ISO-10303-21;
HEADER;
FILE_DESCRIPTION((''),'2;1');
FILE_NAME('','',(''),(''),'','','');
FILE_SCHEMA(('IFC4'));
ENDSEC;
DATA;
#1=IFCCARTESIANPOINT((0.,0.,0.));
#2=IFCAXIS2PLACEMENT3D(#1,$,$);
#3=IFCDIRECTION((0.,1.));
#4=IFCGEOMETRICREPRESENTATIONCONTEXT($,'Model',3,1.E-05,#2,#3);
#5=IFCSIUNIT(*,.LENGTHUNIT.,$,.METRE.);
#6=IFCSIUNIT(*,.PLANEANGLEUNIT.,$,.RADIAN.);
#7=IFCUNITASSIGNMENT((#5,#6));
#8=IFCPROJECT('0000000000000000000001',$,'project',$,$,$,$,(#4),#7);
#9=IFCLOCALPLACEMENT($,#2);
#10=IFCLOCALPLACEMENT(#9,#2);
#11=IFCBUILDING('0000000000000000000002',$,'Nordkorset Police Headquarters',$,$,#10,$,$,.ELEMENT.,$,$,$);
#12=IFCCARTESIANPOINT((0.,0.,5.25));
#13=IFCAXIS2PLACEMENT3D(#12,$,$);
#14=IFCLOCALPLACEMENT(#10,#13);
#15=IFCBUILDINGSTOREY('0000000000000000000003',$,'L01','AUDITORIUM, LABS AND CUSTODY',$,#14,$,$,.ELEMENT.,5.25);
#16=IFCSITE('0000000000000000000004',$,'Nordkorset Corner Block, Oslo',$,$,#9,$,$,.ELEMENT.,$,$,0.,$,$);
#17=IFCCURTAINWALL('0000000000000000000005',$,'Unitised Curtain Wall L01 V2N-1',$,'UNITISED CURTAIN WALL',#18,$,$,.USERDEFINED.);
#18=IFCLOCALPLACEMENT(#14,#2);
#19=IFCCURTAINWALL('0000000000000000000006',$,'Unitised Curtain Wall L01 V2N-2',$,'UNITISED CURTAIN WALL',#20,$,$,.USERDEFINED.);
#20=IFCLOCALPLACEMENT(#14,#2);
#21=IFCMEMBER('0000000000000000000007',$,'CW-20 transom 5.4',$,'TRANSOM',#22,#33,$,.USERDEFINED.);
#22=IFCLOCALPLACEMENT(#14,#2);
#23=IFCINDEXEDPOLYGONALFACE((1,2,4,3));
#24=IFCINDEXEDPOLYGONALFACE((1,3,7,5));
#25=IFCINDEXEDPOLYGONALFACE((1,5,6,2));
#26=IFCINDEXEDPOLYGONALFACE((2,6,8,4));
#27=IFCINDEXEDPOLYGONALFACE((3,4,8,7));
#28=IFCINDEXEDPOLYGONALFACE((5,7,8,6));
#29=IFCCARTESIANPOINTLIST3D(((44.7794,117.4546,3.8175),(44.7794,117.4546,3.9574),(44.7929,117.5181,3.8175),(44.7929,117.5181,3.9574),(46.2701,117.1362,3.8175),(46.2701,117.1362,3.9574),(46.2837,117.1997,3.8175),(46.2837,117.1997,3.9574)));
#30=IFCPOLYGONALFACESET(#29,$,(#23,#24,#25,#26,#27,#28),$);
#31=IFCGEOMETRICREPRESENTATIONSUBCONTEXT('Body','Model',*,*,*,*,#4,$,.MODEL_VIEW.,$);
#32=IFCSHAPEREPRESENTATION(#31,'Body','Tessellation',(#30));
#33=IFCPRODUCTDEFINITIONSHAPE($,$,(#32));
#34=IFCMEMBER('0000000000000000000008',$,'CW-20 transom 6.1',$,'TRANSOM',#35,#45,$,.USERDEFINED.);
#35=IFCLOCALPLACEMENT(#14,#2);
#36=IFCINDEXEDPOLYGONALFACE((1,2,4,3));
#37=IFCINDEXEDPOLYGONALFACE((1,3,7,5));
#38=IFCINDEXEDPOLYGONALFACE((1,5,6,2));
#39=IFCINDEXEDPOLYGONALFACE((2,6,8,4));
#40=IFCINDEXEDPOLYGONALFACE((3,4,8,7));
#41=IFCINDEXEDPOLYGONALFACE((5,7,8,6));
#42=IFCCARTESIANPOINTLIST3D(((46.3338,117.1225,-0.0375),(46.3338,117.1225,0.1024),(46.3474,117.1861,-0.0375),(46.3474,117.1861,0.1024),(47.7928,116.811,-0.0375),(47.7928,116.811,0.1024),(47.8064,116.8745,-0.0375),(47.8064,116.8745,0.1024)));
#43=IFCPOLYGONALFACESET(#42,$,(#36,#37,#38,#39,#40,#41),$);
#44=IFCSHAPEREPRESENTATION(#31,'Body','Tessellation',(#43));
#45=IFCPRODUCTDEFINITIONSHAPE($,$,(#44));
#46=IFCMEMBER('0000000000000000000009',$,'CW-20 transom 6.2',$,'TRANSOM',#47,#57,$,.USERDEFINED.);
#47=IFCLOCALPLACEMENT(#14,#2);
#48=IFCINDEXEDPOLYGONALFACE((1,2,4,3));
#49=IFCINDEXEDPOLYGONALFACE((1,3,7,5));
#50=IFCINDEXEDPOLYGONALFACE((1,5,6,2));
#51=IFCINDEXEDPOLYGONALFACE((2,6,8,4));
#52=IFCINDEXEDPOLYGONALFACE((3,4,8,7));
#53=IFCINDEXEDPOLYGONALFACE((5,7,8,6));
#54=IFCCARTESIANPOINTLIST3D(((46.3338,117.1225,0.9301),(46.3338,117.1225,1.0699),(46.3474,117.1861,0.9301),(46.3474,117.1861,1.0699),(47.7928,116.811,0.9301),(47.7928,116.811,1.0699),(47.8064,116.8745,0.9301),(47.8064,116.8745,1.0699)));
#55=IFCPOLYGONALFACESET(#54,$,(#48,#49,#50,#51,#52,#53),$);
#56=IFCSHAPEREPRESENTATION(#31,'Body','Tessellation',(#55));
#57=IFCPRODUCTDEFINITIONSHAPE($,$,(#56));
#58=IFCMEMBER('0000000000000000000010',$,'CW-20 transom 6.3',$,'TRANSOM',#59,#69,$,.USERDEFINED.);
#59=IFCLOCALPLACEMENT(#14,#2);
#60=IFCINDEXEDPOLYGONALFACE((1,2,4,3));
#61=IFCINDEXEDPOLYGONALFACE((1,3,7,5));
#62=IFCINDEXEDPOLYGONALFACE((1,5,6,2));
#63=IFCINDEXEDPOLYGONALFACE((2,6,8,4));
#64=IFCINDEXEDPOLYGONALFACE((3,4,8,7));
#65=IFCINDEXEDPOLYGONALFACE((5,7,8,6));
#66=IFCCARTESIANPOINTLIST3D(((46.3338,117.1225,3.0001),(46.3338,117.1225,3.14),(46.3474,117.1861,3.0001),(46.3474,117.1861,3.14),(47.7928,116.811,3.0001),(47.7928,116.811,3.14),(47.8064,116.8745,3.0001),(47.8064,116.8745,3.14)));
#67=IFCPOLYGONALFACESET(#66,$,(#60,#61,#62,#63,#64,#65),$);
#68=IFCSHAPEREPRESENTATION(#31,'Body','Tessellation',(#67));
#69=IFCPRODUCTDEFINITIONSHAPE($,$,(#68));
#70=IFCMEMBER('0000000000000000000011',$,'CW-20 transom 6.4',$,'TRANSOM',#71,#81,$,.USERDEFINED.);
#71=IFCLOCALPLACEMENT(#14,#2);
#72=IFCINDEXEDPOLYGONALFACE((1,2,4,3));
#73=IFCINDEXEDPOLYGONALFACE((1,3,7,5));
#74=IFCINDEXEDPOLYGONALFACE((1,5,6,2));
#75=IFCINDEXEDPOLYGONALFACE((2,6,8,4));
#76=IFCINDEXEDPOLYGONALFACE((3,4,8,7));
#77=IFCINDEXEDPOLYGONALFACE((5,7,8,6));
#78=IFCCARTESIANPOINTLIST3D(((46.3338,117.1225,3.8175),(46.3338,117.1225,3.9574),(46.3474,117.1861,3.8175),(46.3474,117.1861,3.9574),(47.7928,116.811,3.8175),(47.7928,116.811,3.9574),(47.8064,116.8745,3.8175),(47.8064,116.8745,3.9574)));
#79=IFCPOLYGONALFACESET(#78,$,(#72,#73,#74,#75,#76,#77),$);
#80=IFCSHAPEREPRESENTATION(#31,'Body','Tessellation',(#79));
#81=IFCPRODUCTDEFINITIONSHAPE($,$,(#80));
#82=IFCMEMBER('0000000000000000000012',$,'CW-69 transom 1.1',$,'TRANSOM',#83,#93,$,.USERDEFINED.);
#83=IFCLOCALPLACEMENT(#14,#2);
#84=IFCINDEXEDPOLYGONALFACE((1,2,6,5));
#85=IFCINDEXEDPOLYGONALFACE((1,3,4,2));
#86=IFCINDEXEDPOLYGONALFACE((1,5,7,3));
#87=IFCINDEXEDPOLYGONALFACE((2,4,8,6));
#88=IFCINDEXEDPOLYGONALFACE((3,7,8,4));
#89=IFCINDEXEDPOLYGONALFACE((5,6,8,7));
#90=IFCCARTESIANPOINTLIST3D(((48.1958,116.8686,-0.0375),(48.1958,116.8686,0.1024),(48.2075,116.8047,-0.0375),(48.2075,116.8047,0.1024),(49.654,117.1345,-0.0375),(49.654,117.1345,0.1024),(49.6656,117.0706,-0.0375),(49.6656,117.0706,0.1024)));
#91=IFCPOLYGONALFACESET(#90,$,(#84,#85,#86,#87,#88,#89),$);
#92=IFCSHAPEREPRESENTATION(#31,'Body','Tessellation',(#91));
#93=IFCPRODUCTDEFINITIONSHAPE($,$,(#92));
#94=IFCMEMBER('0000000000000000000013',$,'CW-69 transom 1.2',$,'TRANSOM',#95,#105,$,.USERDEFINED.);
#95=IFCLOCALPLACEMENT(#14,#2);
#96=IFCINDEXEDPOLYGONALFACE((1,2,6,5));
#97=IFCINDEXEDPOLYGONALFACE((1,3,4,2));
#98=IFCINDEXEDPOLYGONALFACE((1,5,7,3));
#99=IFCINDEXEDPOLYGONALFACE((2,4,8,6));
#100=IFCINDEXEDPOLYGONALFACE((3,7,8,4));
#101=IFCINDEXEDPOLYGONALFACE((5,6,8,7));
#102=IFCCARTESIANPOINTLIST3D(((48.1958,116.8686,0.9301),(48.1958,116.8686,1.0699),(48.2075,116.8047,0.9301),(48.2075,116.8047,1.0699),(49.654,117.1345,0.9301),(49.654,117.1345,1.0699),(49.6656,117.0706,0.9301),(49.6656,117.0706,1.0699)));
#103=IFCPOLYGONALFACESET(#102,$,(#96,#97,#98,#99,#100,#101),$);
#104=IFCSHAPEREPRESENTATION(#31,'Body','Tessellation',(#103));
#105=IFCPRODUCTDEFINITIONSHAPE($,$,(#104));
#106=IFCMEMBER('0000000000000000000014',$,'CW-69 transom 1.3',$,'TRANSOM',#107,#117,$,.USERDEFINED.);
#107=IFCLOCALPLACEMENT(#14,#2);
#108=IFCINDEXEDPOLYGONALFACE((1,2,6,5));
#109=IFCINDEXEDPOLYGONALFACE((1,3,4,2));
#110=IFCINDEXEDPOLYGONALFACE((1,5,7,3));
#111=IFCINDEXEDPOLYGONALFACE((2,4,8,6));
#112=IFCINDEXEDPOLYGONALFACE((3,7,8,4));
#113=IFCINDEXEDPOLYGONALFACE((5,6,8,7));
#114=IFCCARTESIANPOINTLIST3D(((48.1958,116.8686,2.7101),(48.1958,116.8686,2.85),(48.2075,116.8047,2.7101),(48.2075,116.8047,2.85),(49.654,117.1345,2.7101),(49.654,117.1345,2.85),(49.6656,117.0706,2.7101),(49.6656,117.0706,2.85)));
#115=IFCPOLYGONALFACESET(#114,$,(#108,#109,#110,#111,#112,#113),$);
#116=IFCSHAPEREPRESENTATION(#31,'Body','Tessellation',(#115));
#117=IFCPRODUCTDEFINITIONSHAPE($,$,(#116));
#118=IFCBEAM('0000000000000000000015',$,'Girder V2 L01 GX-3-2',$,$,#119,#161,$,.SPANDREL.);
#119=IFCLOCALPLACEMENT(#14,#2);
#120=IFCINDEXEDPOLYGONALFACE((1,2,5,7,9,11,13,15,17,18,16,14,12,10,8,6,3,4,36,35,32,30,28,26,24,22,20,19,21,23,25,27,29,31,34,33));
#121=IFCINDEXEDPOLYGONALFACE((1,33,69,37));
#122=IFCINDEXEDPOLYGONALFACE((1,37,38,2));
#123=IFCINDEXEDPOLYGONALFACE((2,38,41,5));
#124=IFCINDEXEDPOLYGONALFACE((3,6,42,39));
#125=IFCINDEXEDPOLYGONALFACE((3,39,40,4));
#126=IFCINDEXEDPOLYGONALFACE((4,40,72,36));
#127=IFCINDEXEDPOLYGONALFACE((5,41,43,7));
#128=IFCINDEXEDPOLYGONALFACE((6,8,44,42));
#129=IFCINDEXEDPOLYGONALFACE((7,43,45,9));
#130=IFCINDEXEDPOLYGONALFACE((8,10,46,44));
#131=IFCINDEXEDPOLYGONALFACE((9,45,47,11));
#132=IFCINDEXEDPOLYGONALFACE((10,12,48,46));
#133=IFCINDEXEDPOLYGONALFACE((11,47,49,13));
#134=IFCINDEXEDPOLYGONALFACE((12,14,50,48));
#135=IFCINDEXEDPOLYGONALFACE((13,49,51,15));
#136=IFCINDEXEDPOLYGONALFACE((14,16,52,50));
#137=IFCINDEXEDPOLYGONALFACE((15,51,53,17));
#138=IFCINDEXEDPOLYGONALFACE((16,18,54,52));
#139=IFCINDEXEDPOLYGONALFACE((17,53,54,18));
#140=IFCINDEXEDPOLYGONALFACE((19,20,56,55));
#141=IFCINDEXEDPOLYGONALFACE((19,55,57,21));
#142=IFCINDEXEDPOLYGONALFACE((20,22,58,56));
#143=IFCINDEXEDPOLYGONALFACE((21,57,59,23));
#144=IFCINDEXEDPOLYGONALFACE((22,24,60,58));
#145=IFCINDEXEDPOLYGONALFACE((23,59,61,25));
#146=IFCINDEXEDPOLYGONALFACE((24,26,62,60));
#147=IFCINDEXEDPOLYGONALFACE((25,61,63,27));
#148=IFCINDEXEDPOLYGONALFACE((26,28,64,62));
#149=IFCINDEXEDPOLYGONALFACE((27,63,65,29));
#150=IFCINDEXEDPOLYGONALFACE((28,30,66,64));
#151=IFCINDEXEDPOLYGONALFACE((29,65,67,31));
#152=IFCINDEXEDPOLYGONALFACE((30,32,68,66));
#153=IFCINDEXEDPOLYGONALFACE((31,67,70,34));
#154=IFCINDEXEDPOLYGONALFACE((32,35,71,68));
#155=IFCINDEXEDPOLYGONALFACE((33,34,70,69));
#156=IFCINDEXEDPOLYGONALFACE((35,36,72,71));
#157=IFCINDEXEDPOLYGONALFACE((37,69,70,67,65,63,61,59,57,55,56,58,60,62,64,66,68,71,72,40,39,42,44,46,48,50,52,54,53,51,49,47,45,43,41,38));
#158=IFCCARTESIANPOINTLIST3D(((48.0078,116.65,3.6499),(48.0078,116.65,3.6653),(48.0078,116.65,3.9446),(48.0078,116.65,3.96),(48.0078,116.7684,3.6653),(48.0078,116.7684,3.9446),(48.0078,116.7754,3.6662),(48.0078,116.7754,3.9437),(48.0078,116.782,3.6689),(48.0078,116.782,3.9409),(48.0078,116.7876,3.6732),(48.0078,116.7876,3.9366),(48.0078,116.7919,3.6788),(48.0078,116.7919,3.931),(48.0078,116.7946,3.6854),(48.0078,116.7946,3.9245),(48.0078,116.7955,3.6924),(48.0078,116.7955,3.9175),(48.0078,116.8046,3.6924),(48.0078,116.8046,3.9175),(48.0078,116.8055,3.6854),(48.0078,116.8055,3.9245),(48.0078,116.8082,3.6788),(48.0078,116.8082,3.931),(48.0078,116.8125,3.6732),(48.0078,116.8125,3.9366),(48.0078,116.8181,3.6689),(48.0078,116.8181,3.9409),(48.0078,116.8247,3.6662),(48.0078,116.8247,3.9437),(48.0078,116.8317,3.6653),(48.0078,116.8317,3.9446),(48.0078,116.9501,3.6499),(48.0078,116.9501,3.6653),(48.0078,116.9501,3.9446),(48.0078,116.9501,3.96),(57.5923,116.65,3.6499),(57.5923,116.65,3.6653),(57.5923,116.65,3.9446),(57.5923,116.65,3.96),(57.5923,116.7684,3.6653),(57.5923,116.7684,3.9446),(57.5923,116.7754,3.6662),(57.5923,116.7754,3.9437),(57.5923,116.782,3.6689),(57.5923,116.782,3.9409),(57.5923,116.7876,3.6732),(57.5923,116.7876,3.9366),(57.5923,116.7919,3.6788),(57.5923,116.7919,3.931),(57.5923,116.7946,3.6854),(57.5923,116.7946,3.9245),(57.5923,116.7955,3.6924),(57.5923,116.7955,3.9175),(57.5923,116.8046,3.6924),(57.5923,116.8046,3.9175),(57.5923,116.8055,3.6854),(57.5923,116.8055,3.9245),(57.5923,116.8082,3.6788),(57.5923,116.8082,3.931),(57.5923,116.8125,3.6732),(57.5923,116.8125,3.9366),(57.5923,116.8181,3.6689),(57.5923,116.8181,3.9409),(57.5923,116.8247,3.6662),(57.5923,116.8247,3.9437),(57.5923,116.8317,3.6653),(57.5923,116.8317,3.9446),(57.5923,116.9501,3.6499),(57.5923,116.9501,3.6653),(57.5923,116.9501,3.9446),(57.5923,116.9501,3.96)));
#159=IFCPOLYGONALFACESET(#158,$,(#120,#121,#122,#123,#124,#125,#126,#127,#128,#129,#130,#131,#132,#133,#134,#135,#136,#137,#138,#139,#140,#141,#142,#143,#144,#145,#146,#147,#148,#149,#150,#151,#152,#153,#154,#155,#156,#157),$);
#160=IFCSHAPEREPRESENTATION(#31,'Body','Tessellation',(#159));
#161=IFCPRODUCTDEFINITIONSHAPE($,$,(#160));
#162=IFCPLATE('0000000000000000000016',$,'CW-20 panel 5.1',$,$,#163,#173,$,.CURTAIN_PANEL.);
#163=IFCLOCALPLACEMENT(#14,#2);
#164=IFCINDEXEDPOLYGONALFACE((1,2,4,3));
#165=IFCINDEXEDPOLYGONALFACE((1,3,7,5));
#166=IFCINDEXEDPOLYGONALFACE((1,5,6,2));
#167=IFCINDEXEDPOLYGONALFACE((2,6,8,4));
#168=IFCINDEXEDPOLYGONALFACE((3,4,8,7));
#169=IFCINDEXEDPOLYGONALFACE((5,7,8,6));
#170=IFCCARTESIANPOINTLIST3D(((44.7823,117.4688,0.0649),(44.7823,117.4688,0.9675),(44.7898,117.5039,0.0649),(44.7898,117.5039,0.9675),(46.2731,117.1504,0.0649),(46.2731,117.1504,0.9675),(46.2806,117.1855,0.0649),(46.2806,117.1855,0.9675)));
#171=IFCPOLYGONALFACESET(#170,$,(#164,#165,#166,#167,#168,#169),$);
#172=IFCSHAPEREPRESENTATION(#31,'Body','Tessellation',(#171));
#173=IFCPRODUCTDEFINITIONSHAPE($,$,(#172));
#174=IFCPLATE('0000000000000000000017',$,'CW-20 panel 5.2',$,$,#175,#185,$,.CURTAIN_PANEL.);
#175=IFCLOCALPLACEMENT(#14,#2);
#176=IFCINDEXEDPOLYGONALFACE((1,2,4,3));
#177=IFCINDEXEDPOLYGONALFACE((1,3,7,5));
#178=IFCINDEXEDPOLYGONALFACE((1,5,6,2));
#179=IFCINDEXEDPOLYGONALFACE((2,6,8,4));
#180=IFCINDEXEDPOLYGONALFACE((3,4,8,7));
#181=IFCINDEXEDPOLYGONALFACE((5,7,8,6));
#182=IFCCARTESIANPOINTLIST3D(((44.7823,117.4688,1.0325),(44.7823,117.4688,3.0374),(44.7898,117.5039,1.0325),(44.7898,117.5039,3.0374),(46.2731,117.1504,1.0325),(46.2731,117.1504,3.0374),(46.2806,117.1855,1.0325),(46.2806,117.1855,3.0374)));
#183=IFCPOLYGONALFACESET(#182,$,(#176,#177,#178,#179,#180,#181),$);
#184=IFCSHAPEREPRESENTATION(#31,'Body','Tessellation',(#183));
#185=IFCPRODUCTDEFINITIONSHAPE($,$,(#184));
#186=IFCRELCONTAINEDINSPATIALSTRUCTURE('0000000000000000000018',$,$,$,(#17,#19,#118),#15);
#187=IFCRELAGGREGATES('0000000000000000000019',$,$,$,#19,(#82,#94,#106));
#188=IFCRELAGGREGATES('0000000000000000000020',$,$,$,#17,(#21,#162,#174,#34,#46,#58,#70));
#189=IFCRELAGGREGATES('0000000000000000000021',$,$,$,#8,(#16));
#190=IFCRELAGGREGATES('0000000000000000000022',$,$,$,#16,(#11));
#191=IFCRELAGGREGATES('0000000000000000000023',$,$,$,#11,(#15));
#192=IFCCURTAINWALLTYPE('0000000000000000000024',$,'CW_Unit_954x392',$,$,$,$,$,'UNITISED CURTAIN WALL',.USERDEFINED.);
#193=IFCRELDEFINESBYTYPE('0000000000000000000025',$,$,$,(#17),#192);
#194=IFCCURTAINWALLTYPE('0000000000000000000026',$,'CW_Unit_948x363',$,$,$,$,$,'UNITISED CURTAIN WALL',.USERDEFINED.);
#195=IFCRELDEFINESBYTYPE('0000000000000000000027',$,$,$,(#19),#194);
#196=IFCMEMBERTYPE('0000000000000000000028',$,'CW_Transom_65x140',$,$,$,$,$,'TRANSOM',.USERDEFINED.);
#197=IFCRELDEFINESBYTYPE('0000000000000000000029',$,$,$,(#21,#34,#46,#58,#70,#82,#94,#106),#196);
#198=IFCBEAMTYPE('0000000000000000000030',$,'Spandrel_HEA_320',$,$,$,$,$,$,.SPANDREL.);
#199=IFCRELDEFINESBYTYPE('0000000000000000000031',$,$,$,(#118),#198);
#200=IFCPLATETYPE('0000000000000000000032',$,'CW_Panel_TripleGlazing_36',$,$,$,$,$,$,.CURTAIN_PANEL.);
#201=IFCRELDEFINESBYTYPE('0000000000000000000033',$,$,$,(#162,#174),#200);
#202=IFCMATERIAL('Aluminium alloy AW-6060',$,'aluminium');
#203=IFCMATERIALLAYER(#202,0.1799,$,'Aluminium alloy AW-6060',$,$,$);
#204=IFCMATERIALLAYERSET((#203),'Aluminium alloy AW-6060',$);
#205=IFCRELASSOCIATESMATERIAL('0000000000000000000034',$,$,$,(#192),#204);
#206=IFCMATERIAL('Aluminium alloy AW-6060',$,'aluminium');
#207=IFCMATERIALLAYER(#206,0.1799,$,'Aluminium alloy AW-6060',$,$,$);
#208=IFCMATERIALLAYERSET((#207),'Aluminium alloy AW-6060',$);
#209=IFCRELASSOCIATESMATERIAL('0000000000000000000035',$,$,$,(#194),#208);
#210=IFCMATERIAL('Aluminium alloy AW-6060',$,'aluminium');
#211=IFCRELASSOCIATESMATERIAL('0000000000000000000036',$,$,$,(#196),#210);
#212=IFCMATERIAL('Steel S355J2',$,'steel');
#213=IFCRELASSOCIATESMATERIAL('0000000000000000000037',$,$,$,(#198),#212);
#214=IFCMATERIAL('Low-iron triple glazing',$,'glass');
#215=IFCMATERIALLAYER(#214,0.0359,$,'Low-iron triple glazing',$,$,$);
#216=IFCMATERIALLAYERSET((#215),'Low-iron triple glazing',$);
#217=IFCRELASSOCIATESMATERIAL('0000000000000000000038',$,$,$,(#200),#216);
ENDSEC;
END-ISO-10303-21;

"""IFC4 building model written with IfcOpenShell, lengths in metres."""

from ifc_helpers import new_model, si_unit, direction, frame, origin, origin_2d, place, context, subcontext, project, spatial, rectangle, i_section, extrude, material, layer, layer_set, material_profile, profile_set, type_object, element, aggregate, save


model = new_model("IFC4")

# Units and contexts
model_context = context("Model", 3, precision=1e-05, world=origin(), true_north=direction((0.0, 1.0)))
body_context = subcontext(model_context, "Body", "Model", "MODEL_VIEW")
ifc_project = project(units=[si_unit("LENGTHUNIT", "METRE"), si_unit("PLANEANGLEUNIT", "RADIAN")], contexts=[model_context])

# Site, building, storey
site_placement = place(None, origin())
site = spatial("IfcSite", under=ifc_project, at=site_placement, Name="Nordkorset Corner Block, Oslo", CompositionType="ELEMENT", RefElevation=0.0)
building_placement = place(site_placement, origin())
building = spatial("IfcBuilding", under=site, at=building_placement, Name="Nordkorset Police Headquarters", CompositionType="ELEMENT")
storey_placement = place(building_placement, frame((0.0, 0.0, 5.25)))
storey = spatial("IfcBuildingStorey", under=building, at=storey_placement, Name="L01", Description="AUDITORIUM, LABS AND CUSTODY", CompositionType="ELEMENT", Elevation=5.25)

# Curtain wall
ifc_material_1 = material(Name="Aluminium alloy AW-6060", Category="aluminium")
ifc_layer_1 = layer(ifc_material_1, 0.1799, Name="Aluminium alloy AW-6060")
ifc_layer_set_1 = layer_set([ifc_layer_1], Name="Aluminium alloy AW-6060")
curtain_wall_type_1 = type_object("IfcCurtainWallType", Name="CW_Unit_954x392", ElementType="UNITISED CURTAIN WALL", PredefinedType="USERDEFINED", material=ifc_layer_set_1)
curtain_wall_1_placement = place(storey_placement, origin())
curtain_wall_1 = element("IfcCurtainWall", 1, at=curtain_wall_1_placement, inside=storey, type_object=curtain_wall_type_1, Name="Unitised Curtain Wall L01 V2N-1", ObjectType="UNITISED CURTAIN WALL", PredefinedType="USERDEFINED")

# Curtain wall
ifc_material_2 = material(Name="Aluminium alloy AW-6060", Category="aluminium")
ifc_layer_2 = layer(ifc_material_2, 0.1799, Name="Aluminium alloy AW-6060")
ifc_layer_set_2 = layer_set([ifc_layer_2], Name="Aluminium alloy AW-6060")
curtain_wall_type_2 = type_object("IfcCurtainWallType", Name="CW_Unit_948x363", ElementType="UNITISED CURTAIN WALL", PredefinedType="USERDEFINED", material=ifc_layer_set_2)
curtain_wall_2_placement = place(storey_placement, origin())
curtain_wall_2 = element("IfcCurtainWall", 2, at=curtain_wall_2_placement, inside=storey, type_object=curtain_wall_type_2, Name="Unitised Curtain Wall L01 V2N-2", ObjectType="UNITISED CURTAIN WALL", PredefinedType="USERDEFINED")

# Members
ifc_material_3 = material(Name="Aluminium alloy AW-6060", Category="aluminium")
ifc_material_profile_1 = material_profile(ifc_material_3, rectangle(XDim=0.0649, YDim=0.1399, at=origin_2d()), Name="ALU TRAN 65x140")
ifc_profile_set_1 = profile_set([ifc_material_profile_1], Name="Aluminium alloy AW-6060")
member_type_1 = type_object("IfcMemberType", Name="CW_Transom_65x140", ElementType="TRANSOM", PredefinedType="USERDEFINED", material=ifc_profile_set_1)
member_1_placement = place(storey_placement, frame((44.7861, 117.4863, 3.8875), z_axis=(0.977947, -0.208851, 0.0), x_axis=(0.208851, 0.977947, 0.0)))
member_1 = element("IfcMember", 3, at=member_1_placement, type_object=member_type_1, Name="CW-20 transom 5.4", ObjectType="TRANSOM", PredefinedType="USERDEFINED", context=body_context, shape_type="SweptSolid", body=[
    extrude(rectangle(XDim=0.0649, YDim=0.1399, at=origin_2d()), origin(), (0.0, 0.0, 1.0), 1.5244),
])
member_2_placement = place(storey_placement, frame((46.3406, 117.1543, 0.0325), z_axis=(0.977955, -0.208814, 0.0), x_axis=(0.208814, 0.977955, 0.0)))
member_2 = element("IfcMember", 4, at=member_2_placement, type_object=member_type_1, Name="CW-20 transom 6.1", ObjectType="TRANSOM", PredefinedType="USERDEFINED", context=body_context, shape_type="SweptSolid", body=[
    extrude(rectangle(XDim=0.0649, YDim=0.1399, at=origin_2d()), origin(), (0.0, 0.0, 1.0), 1.4919),
])
member_3_placement = place(storey_placement, frame((46.3406, 117.1543, 1.0), z_axis=(0.977955, -0.208814, 0.0), x_axis=(0.208814, 0.977955, 0.0)))
member_3 = element("IfcMember", 5, at=member_3_placement, type_object=member_type_1, Name="CW-20 transom 6.2", ObjectType="TRANSOM", PredefinedType="USERDEFINED", context=body_context, shape_type="SweptSolid", body=[
    extrude(rectangle(XDim=0.0649, YDim=0.1399, at=origin_2d()), origin(), (0.0, 0.0, 1.0), 1.4919),
])
member_4_placement = place(storey_placement, frame((46.3406, 117.1543, 3.0701), z_axis=(0.977955, -0.208814, 0.0), x_axis=(0.208814, 0.977955, 0.0)))
member_4 = element("IfcMember", 6, at=member_4_placement, type_object=member_type_1, Name="CW-20 transom 6.3", ObjectType="TRANSOM", PredefinedType="USERDEFINED", context=body_context, shape_type="SweptSolid", body=[
    extrude(rectangle(XDim=0.0649, YDim=0.1399, at=origin_2d()), origin(), (0.0, 0.0, 1.0), 1.4919),
])
member_5_placement = place(storey_placement, frame((46.3406, 117.1543, 3.8875), z_axis=(0.977955, -0.208814, 0.0), x_axis=(0.208814, 0.977955, 0.0)))
member_5 = element("IfcMember", 7, at=member_5_placement, type_object=member_type_1, Name="CW-20 transom 6.4", ObjectType="TRANSOM", PredefinedType="USERDEFINED", context=body_context, shape_type="SweptSolid", body=[
    extrude(rectangle(XDim=0.0649, YDim=0.1399, at=origin_2d()), origin(), (0.0, 0.0, 1.0), 1.4919),
])
member_6_placement = place(storey_placement, frame((48.2017, 116.8367, 0.0325), z_axis=(0.983783, 0.179364, 0.0), x_axis=(-0.179364, 0.983783, 0.0)))
member_6 = element("IfcMember", 8, at=member_6_placement, type_object=member_type_1, Name="CW-69 transom 1.1", ObjectType="TRANSOM", PredefinedType="USERDEFINED", context=body_context, shape_type="SweptSolid", body=[
    extrude(rectangle(XDim=0.0649, YDim=0.1399, at=origin_2d()), origin(), (0.0, 0.0, 1.0), 1.4822),
])
member_7_placement = place(storey_placement, frame((48.2017, 116.8367, 1.0), z_axis=(0.983783, 0.179364, 0.0), x_axis=(-0.179364, 0.983783, 0.0)))
member_7 = element("IfcMember", 9, at=member_7_placement, type_object=member_type_1, Name="CW-69 transom 1.2", ObjectType="TRANSOM", PredefinedType="USERDEFINED", context=body_context, shape_type="SweptSolid", body=[
    extrude(rectangle(XDim=0.0649, YDim=0.1399, at=origin_2d()), origin(), (0.0, 0.0, 1.0), 1.4822),
])
member_8_placement = place(storey_placement, frame((48.2017, 116.8367, 2.78), z_axis=(0.983783, 0.179364, 0.0), x_axis=(-0.179364, 0.983783, 0.0)))
member_8 = element("IfcMember", 10, at=member_8_placement, type_object=member_type_1, Name="CW-69 transom 1.3", ObjectType="TRANSOM", PredefinedType="USERDEFINED", context=body_context, shape_type="SweptSolid", body=[
    extrude(rectangle(XDim=0.0649, YDim=0.1399, at=origin_2d()), origin(), (0.0, 0.0, 1.0), 1.4822),
])
aggregate(curtain_wall_2, [member_6, member_7, member_8])

# Beam
ifc_material_4 = material(Name="Steel S355J2", Category="steel")
ifc_material_profile_2 = material_profile(ifc_material_4, i_section(OverallWidth=0.3, OverallDepth=0.3101, WebThickness=0.009, FlangeThickness=0.0154, FilletRadius=0.0271, at=origin_2d()), Name="HEA 320")
ifc_profile_set_2 = profile_set([ifc_material_profile_2], Name="Steel S355J2")
beam_type_1 = type_object("IfcBeamType", Name="Spandrel_HEA_320", PredefinedType="SPANDREL", material=ifc_profile_set_2)
beam_1_placement = place(storey_placement, frame((48.0078, 116.8, 3.8049), z_axis=(1.0, 0.0, 0.0), x_axis=(0.0, 1.0, 0.0)))
element("IfcBeam", 11, at=beam_1_placement, inside=storey, type_object=beam_type_1, Name="Girder V2 L01 GX-3-2", PredefinedType="SPANDREL", context=body_context, shape_type="SweptSolid", body=[
    extrude(i_section(OverallWidth=0.3, OverallDepth=0.3101, WebThickness=0.009, FlangeThickness=0.0154, FilletRadius=0.0271, at=origin_2d()), origin(), (0.0, 0.0, 1.0), 9.5845),
])

# Plates
ifc_material_5 = material(Name="Low-iron triple glazing", Category="glass")
ifc_layer_3 = layer(ifc_material_5, 0.0359, Name="Low-iron triple glazing")
ifc_layer_set_3 = layer_set([ifc_layer_3], Name="Low-iron triple glazing")
plate_type = type_object("IfcPlateType", Name="CW_Panel_TripleGlazing_36", PredefinedType="CURTAIN_PANEL", material=ifc_layer_set_3)
plate_1_placement = place(storey_placement, frame((45.5315, 117.3271, 0.0649), z_axis=(0.0, 0.0, 1.0), x_axis=(0.977951, -0.208833, 0.0)))
plate_1 = element("IfcPlate", 12, at=plate_1_placement, type_object=plate_type, Name="CW-20 panel 5.1", PredefinedType="CURTAIN_PANEL", context=body_context, shape_type="SweptSolid", body=[
    extrude(rectangle(XDim=1.5244, YDim=0.0359, at=origin_2d()), origin(), (0.0, 0.0, 1.0), 0.9026),
])
plate_2_placement = place(storey_placement, frame((45.5315, 117.3271, 1.0325), z_axis=(0.0, 0.0, 1.0), x_axis=(0.977951, -0.208833, 0.0)))
plate_2 = element("IfcPlate", 13, at=plate_2_placement, type_object=plate_type, Name="CW-20 panel 5.2", PredefinedType="CURTAIN_PANEL", context=body_context, shape_type="SweptSolid", body=[
    extrude(rectangle(XDim=1.5244, YDim=0.0359, at=origin_2d()), origin(), (0.0, 0.0, 1.0), 2.0049),
])
aggregate(curtain_wall_1, [member_1, plate_1, plate_2, member_2, member_3, member_4, member_5])

save(model, "model.ifc")
